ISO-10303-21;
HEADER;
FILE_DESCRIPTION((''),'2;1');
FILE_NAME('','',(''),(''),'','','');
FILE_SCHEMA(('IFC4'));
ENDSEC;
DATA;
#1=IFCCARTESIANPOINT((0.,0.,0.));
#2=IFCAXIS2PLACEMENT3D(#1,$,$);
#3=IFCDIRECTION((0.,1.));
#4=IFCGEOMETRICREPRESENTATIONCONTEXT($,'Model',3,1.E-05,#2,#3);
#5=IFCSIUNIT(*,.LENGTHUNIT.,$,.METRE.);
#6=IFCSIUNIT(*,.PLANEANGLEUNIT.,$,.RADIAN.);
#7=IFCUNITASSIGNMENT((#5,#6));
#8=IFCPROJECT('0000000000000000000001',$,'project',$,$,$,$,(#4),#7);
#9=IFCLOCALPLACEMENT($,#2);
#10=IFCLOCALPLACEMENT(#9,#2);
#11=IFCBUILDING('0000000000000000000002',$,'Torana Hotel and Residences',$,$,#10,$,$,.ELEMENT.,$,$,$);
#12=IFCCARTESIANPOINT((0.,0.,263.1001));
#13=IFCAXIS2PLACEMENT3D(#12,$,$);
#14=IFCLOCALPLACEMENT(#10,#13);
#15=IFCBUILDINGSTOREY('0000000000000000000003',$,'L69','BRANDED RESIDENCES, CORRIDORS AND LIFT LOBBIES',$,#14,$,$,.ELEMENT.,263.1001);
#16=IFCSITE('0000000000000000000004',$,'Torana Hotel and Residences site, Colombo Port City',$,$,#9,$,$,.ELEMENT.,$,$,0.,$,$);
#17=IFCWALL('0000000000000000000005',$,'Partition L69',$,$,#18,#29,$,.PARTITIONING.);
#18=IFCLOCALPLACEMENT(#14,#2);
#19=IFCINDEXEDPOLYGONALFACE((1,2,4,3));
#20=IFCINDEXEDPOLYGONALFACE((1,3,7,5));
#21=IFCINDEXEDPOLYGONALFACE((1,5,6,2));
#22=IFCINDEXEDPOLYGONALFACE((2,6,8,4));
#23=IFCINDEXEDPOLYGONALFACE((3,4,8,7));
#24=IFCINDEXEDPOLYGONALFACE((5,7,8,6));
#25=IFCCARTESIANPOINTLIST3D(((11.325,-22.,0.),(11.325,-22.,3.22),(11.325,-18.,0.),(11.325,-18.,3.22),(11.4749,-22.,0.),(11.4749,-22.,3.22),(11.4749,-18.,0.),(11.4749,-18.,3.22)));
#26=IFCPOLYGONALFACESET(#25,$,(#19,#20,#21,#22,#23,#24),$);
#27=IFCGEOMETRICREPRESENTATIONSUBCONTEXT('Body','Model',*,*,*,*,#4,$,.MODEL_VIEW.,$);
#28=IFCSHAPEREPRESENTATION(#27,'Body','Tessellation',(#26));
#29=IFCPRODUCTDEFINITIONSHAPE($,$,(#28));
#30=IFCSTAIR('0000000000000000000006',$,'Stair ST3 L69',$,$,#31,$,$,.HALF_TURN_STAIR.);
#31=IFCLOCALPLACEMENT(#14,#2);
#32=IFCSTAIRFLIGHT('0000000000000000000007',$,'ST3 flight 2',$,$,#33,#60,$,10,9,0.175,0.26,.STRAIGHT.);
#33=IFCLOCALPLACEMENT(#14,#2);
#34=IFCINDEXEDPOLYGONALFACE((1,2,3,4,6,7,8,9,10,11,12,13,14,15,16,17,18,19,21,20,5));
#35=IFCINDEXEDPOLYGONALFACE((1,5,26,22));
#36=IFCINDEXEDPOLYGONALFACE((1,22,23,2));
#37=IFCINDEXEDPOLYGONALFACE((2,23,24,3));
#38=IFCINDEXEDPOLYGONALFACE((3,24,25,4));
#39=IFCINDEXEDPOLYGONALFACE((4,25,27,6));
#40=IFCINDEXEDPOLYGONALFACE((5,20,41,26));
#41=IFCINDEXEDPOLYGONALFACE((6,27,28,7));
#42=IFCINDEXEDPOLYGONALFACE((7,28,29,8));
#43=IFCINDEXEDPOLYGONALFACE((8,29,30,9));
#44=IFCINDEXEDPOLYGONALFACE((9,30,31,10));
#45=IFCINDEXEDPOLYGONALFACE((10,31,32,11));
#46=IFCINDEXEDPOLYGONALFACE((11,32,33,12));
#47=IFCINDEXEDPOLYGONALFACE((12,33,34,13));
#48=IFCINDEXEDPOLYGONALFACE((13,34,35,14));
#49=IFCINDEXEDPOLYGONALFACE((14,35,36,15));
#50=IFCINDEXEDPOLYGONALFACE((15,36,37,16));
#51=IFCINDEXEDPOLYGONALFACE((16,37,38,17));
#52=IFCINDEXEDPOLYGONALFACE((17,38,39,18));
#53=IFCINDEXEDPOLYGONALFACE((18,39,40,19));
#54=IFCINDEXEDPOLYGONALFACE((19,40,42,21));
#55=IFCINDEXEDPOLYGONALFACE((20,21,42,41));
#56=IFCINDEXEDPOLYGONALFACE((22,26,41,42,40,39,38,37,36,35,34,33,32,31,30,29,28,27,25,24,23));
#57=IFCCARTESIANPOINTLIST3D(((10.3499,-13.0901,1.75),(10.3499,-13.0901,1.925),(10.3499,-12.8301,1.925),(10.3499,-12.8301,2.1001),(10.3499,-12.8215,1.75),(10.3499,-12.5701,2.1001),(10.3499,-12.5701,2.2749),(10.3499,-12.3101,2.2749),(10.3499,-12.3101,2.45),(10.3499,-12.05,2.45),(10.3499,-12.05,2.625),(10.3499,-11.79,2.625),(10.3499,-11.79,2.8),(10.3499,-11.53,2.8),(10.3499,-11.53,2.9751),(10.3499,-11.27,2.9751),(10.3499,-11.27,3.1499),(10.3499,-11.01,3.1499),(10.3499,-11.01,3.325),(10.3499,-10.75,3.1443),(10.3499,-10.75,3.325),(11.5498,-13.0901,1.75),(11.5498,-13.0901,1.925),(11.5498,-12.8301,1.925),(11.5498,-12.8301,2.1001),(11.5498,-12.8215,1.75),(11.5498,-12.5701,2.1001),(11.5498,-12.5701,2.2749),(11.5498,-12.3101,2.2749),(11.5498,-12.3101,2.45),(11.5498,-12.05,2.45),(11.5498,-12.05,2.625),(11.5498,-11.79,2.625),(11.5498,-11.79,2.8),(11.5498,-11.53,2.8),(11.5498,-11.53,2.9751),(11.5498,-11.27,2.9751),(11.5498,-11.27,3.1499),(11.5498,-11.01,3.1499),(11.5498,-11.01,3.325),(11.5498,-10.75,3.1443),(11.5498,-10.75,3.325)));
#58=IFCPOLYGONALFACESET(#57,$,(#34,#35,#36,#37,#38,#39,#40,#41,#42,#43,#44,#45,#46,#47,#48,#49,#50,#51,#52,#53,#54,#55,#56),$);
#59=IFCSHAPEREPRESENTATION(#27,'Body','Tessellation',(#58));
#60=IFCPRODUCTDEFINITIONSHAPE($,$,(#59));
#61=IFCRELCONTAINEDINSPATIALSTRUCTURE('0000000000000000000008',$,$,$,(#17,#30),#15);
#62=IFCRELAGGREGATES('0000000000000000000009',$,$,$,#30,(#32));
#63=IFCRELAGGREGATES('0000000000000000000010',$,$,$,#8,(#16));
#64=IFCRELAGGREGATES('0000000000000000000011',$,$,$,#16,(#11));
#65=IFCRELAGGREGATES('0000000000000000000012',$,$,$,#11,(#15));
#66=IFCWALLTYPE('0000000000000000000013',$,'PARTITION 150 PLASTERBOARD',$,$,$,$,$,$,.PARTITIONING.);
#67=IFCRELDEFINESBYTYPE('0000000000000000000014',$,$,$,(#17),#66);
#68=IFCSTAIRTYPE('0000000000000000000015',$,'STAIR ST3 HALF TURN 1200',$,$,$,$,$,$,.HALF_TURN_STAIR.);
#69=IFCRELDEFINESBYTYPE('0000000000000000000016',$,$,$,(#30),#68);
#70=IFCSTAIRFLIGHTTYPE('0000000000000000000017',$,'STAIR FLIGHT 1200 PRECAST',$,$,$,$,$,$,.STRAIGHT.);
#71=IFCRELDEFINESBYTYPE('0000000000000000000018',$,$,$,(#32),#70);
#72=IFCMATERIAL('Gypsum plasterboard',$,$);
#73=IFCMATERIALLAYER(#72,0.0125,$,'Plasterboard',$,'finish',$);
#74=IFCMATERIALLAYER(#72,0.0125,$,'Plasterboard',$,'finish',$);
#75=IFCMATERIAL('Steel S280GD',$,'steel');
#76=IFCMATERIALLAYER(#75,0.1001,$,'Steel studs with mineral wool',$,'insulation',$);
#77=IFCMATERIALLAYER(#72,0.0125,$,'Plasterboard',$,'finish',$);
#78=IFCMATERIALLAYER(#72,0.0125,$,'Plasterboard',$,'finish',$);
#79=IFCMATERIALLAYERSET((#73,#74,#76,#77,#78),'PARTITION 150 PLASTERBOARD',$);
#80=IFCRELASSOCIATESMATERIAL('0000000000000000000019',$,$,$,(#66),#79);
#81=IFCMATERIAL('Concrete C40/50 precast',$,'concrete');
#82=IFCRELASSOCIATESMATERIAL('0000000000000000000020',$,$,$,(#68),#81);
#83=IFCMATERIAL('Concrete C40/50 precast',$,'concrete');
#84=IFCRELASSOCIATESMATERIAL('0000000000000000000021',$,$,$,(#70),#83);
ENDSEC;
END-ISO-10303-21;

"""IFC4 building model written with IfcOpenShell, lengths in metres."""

from ifc_helpers import new_model, si_unit, direction, frame, frame_2d, origin, place, context, subcontext, project, spatial, polyline, rectangle, outline, extrude, material, layer, layer_set, type_object, element, aggregate, save


model = new_model("IFC4")

# Units and contexts
model_context = context("Model", 3, precision=1e-05, world=origin(), true_north=direction((0.0, 1.0)))
body_context = subcontext(model_context, "Body", "Model", "MODEL_VIEW")
ifc_project = project(units=[si_unit("LENGTHUNIT", "METRE"), si_unit("PLANEANGLEUNIT", "RADIAN")], contexts=[model_context])

# Site, building, storey
site_placement = place(None, origin())
site = spatial("IfcSite", under=ifc_project, at=site_placement, Name="Torana Hotel and Residences site, Colombo Port City", CompositionType="ELEMENT", RefElevation=0.0)
building_placement = place(site_placement, origin())
building = spatial("IfcBuilding", under=site, at=building_placement, Name="Torana Hotel and Residences", CompositionType="ELEMENT")
storey_placement = place(building_placement, frame((0.0, 0.0, 263.1001)))
storey = spatial("IfcBuildingStorey", under=building, at=storey_placement, Name="L69", Description="BRANDED RESIDENCES, CORRIDORS AND LIFT LOBBIES", CompositionType="ELEMENT", Elevation=263.1001)

# Wall
ifc_material_1 = material(Name="Gypsum plasterboard")
ifc_layer_1 = layer(ifc_material_1, 0.0125, Name="Plasterboard", Category="finish")
ifc_layer_2 = layer(ifc_material_1, 0.0125, Name="Plasterboard", Category="finish")
ifc_material_2 = material(Name="Steel S280GD", Category="steel")
ifc_layer_3 = layer(ifc_material_2, 0.1001, Name="Steel studs with mineral wool", Category="insulation")
ifc_layer_4 = layer(ifc_material_1, 0.0125, Name="Plasterboard", Category="finish")
ifc_layer_5 = layer(ifc_material_1, 0.0125, Name="Plasterboard", Category="finish")
ifc_layer_set_1 = layer_set([ifc_layer_1, ifc_layer_2, ifc_layer_3, ifc_layer_4, ifc_layer_5], Name="PARTITION 150 PLASTERBOARD")
wall_type_1 = type_object("IfcWallType", Name="PARTITION 150 PLASTERBOARD", PredefinedType="PARTITIONING", material=ifc_layer_set_1)
wall_1_placement = place(storey_placement, frame((11.3999, -22.0, 0.0), z_axis=(0.0, 0.0, 1.0), x_axis=(0.0, 1.0, 0.0)))
element("IfcWall", 1, at=wall_1_placement, inside=storey, type_object=wall_type_1, Name="Partition L69", PredefinedType="PARTITIONING", context=body_context, shape_type="SweptSolid", body=[
    extrude(rectangle(XDim=4.0, YDim=0.1499, at=frame_2d((2.0, 0.0))), origin(), (0.0, 0.0, 1.0), 3.22),
])

# Stair, stair flight
ifc_material_3 = material(Name="Concrete C40/50 precast", Category="concrete")
stair_type = type_object("IfcStairType", Name="STAIR ST3 HALF TURN 1200", PredefinedType="HALF_TURN_STAIR", material=ifc_material_3)
stair_placement = place(storey_placement, origin())
stair = element("IfcStair", 2, at=stair_placement, inside=storey, type_object=stair_type, Name="Stair ST3 L69", PredefinedType="HALF_TURN_STAIR")
ifc_material_4 = material(Name="Concrete C40/50 precast", Category="concrete")
stair_flight_type = type_object("IfcStairFlightType", Name="STAIR FLIGHT 1200 PRECAST", PredefinedType="STRAIGHT", material=ifc_material_4)
stair_flight_placement = place(storey_placement, frame((10.95, -13.0901, 1.75), z_axis=(0.0, 0.0, 1.0), x_axis=(0.0, 1.0, 0.0)))
stair_flight = element("IfcStairFlight", 3, at=stair_flight_placement, type_object=stair_flight_type, Name="ST3 flight 2", NumberOfRisers=10, NumberOfTreads=9, PredefinedType="STRAIGHT", RiserHeight=0.175, TreadLength=0.26, context=body_context, shape_type="SweptSolid", body=[
    extrude(outline(polyline([(0.0, 0.0), (0.0, 0.175), (0.26, 0.175), (0.26, 0.3501), (0.52, 0.3501), (0.52, 0.5249), (0.78, 0.5249), (0.78, 0.7), (1.04, 0.7), (1.04, 0.875), (1.3, 0.875), (1.3, 1.05), (1.5601, 1.05), (1.5601, 1.2251), (1.8201, 1.2251), (1.8201, 1.3999), (2.0801, 1.3999), (2.0801, 1.575), (2.3401, 1.575), (2.3401, 1.75), (2.3401, 1.3943), (0.2686, 0.0), (0.0, 0.0)])), frame((0.0, 0.6001, 0.0), z_axis=(0.0, -1.0, 0.0), x_axis=(1.0, 0.0, 0.0)), (0.0, 0.0, 1.0), 1.2),
])
aggregate(stair, [stair_flight])

save(model, "model.ifc")
